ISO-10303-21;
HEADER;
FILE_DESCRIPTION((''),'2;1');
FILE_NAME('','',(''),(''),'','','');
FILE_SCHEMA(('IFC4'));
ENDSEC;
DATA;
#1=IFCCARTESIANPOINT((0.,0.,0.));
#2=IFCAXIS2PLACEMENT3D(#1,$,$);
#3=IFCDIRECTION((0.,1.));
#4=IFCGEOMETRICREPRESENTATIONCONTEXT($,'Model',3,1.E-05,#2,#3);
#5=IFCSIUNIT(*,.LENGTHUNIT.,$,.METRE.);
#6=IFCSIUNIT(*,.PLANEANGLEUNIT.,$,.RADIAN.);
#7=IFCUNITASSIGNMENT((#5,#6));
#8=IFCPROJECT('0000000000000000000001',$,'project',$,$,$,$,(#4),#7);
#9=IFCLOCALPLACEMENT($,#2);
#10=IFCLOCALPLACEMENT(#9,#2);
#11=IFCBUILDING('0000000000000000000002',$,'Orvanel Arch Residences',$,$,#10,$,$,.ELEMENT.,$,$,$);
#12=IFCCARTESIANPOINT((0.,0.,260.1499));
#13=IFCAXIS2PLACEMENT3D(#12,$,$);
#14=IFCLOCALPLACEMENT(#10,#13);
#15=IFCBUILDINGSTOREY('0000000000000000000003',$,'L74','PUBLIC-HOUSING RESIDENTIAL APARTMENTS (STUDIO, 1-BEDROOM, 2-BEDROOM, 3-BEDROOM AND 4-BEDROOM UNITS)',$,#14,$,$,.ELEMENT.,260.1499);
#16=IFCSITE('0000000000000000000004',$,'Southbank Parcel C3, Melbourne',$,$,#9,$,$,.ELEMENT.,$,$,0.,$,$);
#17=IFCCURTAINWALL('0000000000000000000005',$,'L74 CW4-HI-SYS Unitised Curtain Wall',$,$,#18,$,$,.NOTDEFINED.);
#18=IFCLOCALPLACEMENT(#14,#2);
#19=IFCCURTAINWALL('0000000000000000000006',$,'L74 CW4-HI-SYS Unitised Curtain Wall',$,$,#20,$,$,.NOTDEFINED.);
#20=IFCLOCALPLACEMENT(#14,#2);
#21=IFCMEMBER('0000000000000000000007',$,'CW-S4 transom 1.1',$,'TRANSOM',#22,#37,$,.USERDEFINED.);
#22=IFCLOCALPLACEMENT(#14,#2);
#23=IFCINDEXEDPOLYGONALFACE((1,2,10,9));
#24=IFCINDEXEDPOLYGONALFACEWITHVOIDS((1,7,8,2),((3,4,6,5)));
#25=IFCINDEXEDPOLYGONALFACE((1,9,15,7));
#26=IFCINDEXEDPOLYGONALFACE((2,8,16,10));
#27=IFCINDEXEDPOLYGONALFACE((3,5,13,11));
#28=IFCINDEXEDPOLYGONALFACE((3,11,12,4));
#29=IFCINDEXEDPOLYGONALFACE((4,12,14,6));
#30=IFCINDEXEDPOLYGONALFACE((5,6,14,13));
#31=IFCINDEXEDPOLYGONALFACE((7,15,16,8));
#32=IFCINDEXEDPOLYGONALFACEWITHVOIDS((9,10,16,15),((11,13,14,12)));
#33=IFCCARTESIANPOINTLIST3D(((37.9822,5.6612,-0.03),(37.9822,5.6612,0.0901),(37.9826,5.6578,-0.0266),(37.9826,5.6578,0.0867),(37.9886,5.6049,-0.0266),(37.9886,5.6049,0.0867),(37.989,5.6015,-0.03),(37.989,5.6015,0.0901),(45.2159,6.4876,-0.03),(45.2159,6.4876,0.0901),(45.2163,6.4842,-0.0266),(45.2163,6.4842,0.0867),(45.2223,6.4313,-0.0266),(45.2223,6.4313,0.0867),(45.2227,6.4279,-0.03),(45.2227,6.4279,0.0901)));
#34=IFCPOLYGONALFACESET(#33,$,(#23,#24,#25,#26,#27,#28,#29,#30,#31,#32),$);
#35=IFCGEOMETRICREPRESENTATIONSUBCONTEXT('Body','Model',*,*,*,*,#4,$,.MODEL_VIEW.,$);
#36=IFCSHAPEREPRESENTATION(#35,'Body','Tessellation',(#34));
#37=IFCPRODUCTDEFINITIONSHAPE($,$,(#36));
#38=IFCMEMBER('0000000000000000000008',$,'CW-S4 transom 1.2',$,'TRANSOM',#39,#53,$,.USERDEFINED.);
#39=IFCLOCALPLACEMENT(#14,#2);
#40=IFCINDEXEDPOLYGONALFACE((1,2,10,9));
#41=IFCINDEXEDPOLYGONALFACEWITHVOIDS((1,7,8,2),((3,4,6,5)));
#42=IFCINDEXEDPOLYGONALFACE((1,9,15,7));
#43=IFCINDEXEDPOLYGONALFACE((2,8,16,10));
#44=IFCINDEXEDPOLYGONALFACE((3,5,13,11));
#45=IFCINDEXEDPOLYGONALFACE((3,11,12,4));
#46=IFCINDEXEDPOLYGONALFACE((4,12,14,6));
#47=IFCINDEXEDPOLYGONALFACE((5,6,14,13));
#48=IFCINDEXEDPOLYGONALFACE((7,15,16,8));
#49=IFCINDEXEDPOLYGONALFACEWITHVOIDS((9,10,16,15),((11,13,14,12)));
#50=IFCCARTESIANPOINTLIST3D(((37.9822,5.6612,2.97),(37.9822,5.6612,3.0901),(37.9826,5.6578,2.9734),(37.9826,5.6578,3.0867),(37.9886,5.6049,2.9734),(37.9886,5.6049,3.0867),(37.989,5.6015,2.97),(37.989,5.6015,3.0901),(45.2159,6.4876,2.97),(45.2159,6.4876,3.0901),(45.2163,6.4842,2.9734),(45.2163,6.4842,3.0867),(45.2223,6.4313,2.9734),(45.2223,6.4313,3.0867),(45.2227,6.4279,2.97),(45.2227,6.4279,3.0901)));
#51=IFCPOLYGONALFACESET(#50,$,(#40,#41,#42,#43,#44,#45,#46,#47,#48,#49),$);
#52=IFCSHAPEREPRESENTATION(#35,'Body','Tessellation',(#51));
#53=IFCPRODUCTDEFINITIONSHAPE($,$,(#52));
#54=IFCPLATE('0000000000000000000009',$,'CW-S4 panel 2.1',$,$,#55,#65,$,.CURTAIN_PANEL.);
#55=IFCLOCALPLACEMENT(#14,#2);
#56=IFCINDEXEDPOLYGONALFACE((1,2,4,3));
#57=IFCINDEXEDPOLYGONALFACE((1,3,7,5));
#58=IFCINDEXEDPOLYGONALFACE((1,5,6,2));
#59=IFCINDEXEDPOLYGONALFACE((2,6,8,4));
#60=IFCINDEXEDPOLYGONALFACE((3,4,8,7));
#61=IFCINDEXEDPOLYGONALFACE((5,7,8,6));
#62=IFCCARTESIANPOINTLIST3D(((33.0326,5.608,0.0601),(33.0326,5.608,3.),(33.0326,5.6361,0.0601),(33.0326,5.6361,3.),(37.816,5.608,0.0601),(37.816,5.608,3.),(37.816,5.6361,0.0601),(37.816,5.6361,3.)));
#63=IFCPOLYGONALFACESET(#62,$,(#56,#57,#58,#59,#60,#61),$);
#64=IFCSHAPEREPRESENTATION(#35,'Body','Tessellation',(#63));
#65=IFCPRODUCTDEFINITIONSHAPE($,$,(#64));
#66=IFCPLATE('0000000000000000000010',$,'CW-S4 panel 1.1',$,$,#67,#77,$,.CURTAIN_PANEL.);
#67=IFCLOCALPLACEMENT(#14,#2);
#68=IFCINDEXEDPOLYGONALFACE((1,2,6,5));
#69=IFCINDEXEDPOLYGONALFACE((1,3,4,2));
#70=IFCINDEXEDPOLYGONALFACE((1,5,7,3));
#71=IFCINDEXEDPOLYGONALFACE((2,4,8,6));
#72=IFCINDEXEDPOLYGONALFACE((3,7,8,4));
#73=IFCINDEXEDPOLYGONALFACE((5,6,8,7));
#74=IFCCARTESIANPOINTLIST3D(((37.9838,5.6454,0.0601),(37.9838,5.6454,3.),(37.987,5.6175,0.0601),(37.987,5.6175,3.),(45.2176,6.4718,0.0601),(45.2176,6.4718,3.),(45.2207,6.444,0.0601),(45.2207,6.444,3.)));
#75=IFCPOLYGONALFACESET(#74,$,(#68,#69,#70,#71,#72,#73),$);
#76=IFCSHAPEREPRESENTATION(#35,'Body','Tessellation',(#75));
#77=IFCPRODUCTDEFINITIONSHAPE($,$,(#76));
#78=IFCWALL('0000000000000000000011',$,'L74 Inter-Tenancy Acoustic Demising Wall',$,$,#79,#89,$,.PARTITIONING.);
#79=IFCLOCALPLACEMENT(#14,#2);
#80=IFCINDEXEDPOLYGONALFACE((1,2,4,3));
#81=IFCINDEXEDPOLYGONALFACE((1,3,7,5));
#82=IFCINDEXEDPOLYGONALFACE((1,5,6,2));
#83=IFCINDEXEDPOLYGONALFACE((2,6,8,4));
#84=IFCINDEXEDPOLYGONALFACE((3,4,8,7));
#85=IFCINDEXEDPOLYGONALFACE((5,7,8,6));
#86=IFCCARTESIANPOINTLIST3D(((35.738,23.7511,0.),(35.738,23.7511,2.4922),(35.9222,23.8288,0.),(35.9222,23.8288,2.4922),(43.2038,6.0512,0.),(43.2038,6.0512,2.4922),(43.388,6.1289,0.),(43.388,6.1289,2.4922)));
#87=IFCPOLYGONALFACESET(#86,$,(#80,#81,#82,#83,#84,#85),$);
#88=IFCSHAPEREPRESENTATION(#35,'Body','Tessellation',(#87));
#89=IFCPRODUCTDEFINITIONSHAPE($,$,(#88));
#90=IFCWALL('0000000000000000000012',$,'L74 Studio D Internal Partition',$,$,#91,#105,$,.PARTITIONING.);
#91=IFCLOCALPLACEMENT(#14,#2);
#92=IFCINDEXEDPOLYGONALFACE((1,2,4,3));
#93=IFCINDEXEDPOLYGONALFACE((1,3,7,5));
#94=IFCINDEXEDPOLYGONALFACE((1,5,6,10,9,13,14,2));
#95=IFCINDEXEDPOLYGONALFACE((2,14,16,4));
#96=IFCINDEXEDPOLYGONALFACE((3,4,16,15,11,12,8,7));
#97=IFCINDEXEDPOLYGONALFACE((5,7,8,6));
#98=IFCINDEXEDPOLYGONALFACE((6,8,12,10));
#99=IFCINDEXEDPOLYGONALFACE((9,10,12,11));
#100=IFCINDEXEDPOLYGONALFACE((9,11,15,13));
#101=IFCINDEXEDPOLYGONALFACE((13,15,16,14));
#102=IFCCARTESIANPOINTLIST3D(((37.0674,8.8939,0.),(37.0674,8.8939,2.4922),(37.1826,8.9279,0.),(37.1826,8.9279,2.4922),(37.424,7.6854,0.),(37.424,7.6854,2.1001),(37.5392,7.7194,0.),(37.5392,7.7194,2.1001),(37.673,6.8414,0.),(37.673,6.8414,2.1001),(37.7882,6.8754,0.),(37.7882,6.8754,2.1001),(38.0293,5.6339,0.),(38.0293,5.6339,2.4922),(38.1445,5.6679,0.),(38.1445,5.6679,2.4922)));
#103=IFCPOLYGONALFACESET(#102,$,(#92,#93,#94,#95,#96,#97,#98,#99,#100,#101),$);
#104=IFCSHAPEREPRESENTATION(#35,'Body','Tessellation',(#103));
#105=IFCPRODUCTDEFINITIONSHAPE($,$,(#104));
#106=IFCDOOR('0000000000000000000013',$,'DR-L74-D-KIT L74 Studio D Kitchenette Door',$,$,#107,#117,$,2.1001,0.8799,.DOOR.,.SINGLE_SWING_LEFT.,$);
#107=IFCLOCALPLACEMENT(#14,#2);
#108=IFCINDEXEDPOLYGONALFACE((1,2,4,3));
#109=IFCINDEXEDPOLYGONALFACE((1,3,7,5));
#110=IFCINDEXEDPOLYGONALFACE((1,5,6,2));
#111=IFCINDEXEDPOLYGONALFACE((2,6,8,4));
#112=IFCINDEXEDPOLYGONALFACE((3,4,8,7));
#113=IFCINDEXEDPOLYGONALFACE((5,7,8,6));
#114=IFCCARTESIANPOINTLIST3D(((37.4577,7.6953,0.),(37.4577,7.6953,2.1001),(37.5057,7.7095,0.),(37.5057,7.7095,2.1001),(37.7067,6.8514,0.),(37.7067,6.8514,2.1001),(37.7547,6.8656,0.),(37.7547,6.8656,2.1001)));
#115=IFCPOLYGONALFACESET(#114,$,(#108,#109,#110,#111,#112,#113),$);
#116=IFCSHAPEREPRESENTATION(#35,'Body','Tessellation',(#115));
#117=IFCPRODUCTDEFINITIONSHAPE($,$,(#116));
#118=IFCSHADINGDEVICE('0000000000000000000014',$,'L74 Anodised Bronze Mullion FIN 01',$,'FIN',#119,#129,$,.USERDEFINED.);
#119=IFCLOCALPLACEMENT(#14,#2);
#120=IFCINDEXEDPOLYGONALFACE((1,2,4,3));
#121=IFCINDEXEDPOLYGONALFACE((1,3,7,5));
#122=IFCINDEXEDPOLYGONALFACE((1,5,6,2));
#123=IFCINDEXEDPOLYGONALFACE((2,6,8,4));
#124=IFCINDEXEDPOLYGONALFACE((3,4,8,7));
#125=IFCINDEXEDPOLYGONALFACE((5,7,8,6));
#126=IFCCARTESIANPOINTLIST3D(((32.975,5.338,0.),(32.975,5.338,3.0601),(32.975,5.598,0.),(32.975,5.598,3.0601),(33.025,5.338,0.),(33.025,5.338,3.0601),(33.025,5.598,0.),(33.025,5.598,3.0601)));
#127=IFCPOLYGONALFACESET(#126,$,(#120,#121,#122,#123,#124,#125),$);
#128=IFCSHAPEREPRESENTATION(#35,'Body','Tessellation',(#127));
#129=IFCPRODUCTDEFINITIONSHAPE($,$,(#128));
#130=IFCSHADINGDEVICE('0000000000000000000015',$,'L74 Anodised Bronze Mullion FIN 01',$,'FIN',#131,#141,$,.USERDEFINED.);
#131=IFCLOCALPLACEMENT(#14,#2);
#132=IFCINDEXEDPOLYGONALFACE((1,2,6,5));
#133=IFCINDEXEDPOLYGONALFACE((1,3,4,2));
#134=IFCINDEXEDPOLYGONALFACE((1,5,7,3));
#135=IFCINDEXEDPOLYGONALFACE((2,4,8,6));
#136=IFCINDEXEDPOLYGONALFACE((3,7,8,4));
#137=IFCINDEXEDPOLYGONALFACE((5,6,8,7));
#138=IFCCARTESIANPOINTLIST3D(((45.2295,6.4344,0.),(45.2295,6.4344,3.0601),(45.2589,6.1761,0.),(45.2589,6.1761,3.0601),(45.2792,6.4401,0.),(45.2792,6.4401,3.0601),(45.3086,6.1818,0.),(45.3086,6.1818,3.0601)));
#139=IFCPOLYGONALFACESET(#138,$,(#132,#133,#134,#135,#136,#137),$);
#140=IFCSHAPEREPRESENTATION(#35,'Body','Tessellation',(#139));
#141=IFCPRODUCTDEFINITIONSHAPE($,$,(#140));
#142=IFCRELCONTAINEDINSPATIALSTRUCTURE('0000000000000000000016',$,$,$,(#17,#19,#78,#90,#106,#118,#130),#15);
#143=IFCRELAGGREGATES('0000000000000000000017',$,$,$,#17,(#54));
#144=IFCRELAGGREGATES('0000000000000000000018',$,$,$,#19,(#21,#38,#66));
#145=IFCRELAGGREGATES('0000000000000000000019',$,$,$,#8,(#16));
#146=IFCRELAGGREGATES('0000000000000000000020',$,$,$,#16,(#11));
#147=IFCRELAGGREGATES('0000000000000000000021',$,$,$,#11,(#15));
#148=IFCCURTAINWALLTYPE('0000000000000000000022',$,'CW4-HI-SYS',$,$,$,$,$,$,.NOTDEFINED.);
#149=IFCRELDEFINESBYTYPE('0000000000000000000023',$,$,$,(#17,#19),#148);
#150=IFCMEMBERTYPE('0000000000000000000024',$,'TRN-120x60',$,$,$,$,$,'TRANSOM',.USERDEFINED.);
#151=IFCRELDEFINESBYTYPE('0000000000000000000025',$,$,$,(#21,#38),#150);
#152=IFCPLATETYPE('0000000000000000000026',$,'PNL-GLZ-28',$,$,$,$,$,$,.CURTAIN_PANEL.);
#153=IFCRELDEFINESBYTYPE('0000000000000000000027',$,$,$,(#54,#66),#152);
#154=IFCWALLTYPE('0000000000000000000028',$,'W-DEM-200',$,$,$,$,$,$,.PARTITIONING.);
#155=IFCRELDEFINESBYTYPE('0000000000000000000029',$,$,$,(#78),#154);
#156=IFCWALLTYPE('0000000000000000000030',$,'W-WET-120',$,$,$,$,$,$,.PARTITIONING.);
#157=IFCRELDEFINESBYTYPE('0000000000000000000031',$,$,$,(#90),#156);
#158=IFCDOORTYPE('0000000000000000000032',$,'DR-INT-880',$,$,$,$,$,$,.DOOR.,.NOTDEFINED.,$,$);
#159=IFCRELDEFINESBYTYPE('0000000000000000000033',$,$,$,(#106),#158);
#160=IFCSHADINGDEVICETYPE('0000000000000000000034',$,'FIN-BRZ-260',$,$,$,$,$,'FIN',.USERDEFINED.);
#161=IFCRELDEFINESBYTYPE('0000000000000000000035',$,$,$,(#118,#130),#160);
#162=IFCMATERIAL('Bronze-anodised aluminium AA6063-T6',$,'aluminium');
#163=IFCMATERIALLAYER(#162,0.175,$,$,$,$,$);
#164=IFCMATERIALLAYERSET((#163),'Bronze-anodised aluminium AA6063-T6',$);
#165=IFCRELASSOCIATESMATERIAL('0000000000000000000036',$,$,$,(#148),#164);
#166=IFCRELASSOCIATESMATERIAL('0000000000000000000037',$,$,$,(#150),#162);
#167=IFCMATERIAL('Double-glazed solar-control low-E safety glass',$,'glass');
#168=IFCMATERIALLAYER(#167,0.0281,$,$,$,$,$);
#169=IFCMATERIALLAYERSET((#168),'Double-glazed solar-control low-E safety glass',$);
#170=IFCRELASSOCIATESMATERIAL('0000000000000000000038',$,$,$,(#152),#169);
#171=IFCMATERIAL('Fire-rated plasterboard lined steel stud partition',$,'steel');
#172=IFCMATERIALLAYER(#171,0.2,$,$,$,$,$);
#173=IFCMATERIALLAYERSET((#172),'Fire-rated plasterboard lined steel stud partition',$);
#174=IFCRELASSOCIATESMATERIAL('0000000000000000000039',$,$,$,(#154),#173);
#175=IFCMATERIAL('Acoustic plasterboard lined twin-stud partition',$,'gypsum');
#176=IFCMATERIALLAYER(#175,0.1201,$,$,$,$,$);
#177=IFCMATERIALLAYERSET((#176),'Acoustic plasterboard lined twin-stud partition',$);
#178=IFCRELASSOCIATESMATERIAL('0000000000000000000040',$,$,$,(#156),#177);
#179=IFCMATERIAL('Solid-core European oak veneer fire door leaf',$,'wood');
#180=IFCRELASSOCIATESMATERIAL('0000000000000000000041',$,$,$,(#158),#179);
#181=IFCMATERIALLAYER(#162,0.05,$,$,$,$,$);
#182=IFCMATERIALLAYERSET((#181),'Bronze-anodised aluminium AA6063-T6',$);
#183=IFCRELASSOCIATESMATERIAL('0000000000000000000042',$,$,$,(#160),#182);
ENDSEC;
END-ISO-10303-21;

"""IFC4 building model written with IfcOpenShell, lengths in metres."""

from ifc_helpers import new_model, si_unit, direction, frame, frame_2d, origin, origin_2d, place, context, subcontext, project, spatial, rectangle, hollow_rectangle, extrude, material, layer, layer_set, material_profile, profile_set, type_object, element, fill, aggregate, save


model = new_model("IFC4")

# Units and contexts
model_context = context("Model", 3, precision=1e-05, world=origin(), true_north=direction((0.0, 1.0)))
body_context = subcontext(model_context, "Body", "Model", "MODEL_VIEW")
ifc_project = project(units=[si_unit("LENGTHUNIT", "METRE"), si_unit("PLANEANGLEUNIT", "RADIAN")], contexts=[model_context])

# Site, building, storey
site_placement = place(None, origin())
site = spatial("IfcSite", under=ifc_project, at=site_placement, Name="Southbank Parcel C3, Melbourne", CompositionType="ELEMENT", RefElevation=0.0)
building_placement = place(site_placement, origin())
building = spatial("IfcBuilding", under=site, at=building_placement, Name="Orvanel Arch Residences", CompositionType="ELEMENT")
storey_placement = place(building_placement, frame((0.0, 0.0, 260.1499)))
storey = spatial("IfcBuildingStorey", under=building, at=storey_placement, Name="L74", Description="PUBLIC-HOUSING RESIDENTIAL APARTMENTS (STUDIO, 1-BEDROOM, 2-BEDROOM, 3-BEDROOM AND 4-BEDROOM UNITS)", CompositionType="ELEMENT", Elevation=260.1499)

# Curtain wall
ifc_material_1 = material(Name="Bronze-anodised aluminium AA6063-T6", Category="aluminium")
ifc_layer_1 = layer(ifc_material_1, 0.175)
ifc_layer_set_1 = layer_set([ifc_layer_1], Name="Bronze-anodised aluminium AA6063-T6")
curtain_wall_type = type_object("IfcCurtainWallType", Name="CW4-HI-SYS", PredefinedType="NOTDEFINED", material=ifc_layer_set_1)
curtain_wall_1_placement = place(storey_placement, origin())
curtain_wall_1 = element("IfcCurtainWall", 1, at=curtain_wall_1_placement, inside=storey, type_object=curtain_wall_type, Name="L74 CW4-HI-SYS Unitised Curtain Wall", PredefinedType="NOTDEFINED")

# Curtain wall
curtain_wall_2_placement = place(storey_placement, origin())
curtain_wall_2 = element("IfcCurtainWall", 2, at=curtain_wall_2_placement, inside=storey, type_object=curtain_wall_type, Name="L74 CW4-HI-SYS Unitised Curtain Wall", PredefinedType="NOTDEFINED")

# Members
ifc_material_profile_1 = material_profile(ifc_material_1, hollow_rectangle(XDim=0.0601, YDim=0.1201, WallThickness=0.0034, at=origin_2d()), Name="ALU120x60x3.5")
ifc_profile_set_1 = profile_set([ifc_material_profile_1], Name="Bronze-anodised aluminium AA6063-T6")
member_type_1 = type_object("IfcMemberType", Name="TRN-120x60", ElementType="TRANSOM", PredefinedType="USERDEFINED", material=ifc_profile_set_1)
member_1_placement = place(storey_placement, frame((37.9856, 5.6313, 0.03), z_axis=(0.993537, 0.113508, 0.0), x_axis=(-0.113508, 0.993537, 0.0)))
member_1 = element("IfcMember", 3, at=member_1_placement, type_object=member_type_1, Name="CW-S4 transom 1.1", ObjectType="TRANSOM", PredefinedType="USERDEFINED", context=body_context, shape_type="SweptSolid", body=[
    extrude(hollow_rectangle(XDim=0.0601, YDim=0.1201, WallThickness=0.0034, at=origin_2d()), origin(), (0.0, 0.0, 1.0), 7.2808),
])
member_2_placement = place(storey_placement, frame((37.9856, 5.6313, 3.03), z_axis=(0.993537, 0.113508, 0.0), x_axis=(-0.113508, 0.993537, 0.0)))
member_2 = element("IfcMember", 4, at=member_2_placement, type_object=member_type_1, Name="CW-S4 transom 1.2", ObjectType="TRANSOM", PredefinedType="USERDEFINED", context=body_context, shape_type="SweptSolid", body=[
    extrude(hollow_rectangle(XDim=0.0601, YDim=0.1201, WallThickness=0.0034, at=origin_2d()), origin(), (0.0, 0.0, 1.0), 7.2808),
])

# Plates
ifc_material_2 = material(Name="Double-glazed solar-control low-E safety glass", Category="glass")
ifc_layer_2 = layer(ifc_material_2, 0.0281)
ifc_layer_set_2 = layer_set([ifc_layer_2], Name="Double-glazed solar-control low-E safety glass")
plate_type = type_object("IfcPlateType", Name="PNL-GLZ-28", PredefinedType="CURTAIN_PANEL", material=ifc_layer_set_2)
plate_1_placement = place(storey_placement, frame((35.4243, 5.6221, 0.0601), z_axis=(0.0, 0.0, 1.0), x_axis=(1.0, 0.0, 0.0)))
plate_1 = element("IfcPlate", 5, at=plate_1_placement, type_object=plate_type, Name="CW-S4 panel 2.1", PredefinedType="CURTAIN_PANEL", context=body_context, shape_type="SweptSolid", body=[
    extrude(rectangle(XDim=4.7834, YDim=0.0281, at=origin_2d()), origin(), (0.0, 0.0, 1.0), 2.9399),
])
aggregate(curtain_wall_1, [plate_1])
plate_2_placement = place(storey_placement, frame((41.6023, 6.0447, 0.0601), z_axis=(0.0, 0.0, 1.0), x_axis=(0.993537, 0.11351, 0.0)))
plate_2 = element("IfcPlate", 6, at=plate_2_placement, type_object=plate_type, Name="CW-S4 panel 1.1", PredefinedType="CURTAIN_PANEL", context=body_context, shape_type="SweptSolid", body=[
    extrude(rectangle(XDim=7.2808, YDim=0.0281, at=origin_2d()), origin(), (0.0, 0.0, 1.0), 2.9399),
])
aggregate(curtain_wall_2, [member_1, member_2, plate_2])

# Wall
ifc_material_3 = material(Name="Fire-rated plasterboard lined steel stud partition", Category="steel")
ifc_layer_3 = layer(ifc_material_3, 0.2)
ifc_layer_set_3 = layer_set([ifc_layer_3], Name="Fire-rated plasterboard lined steel stud partition")
wall_type_1 = type_object("IfcWallType", Name="W-DEM-200", PredefinedType="PARTITIONING", material=ifc_layer_set_3)
wall_1_placement = place(storey_placement, frame((43.2959, 6.0901, 0.0), z_axis=(0.0, 0.0, 1.0), x_axis=(-0.388641, 0.921389, 0.0)))
element("IfcWall", 7, at=wall_1_placement, inside=storey, type_object=wall_type_1, Name="L74 Inter-Tenancy Acoustic Demising Wall", PredefinedType="PARTITIONING", context=body_context, shape_type="SweptSolid", body=[
    extrude(rectangle(XDim=19.21, YDim=0.2, at=frame_2d((9.605, 0.0))), origin(), (0.0, 0.0, 1.0), 2.4922),
])

# Wall, opening, door
ifc_material_4 = material(Name="Acoustic plasterboard lined twin-stud partition", Category="gypsum")
ifc_layer_4 = layer(ifc_material_4, 0.1201)
ifc_layer_set_4 = layer_set([ifc_layer_4], Name="Acoustic plasterboard lined twin-stud partition")
wall_type_2 = type_object("IfcWallType", Name="W-WET-120", PredefinedType="PARTITIONING", material=ifc_layer_set_4)
wall_2_placement = place(storey_placement, frame((38.0869, 5.6509, 0.0), z_axis=(0.0, 0.0, 1.0), x_axis=(-0.283002, 0.959119, 0.0)))
wall_2 = element("IfcWall", 8, at=wall_2_placement, inside=storey, type_object=wall_type_2, Name="L74 Studio D Internal Partition", PredefinedType="PARTITIONING", context=body_context, shape_type="SweptSolid", body=[
    extrude(rectangle(XDim=3.3989, YDim=0.1201, at=frame_2d((1.6995, 0.0))), origin(), (0.0, 0.0, 1.0), 2.4922),
])
opening_placement = place(wall_2_placement, frame((1.259, 0.0, 0.0)))
opening = element("IfcOpeningElement", 9, at=opening_placement, cuts=wall_2, PredefinedType="OPENING", context=body_context, shape_type="SweptSolid", body=[
    extrude(rectangle(XDim=0.8799, YDim=2.1001, at=frame_2d((0.4399, 1.05))), frame((0.0, 0.0701, 0.0), z_axis=(0.0, -1.0, 0.0), x_axis=(1.0, 0.0, 0.0)), (0.0, 0.0, 1.0), 0.1401),
])
ifc_material_5 = material(Name="Solid-core European oak veneer fire door leaf", Category="wood")
door_type = type_object("IfcDoorType", Name="DR-INT-880", OperationType="NOTDEFINED", PredefinedType="DOOR", material=ifc_material_5)
door_placement = place(opening_placement, origin())
door = element("IfcDoor", 10, at=door_placement, inside=storey, type_object=door_type, Name="DR-L74-D-KIT L74 Studio D Kitchenette Door", OperationType="SINGLE_SWING_LEFT", OverallHeight=2.1001, OverallWidth=0.8799, PredefinedType="DOOR", context=body_context, shape_type="SweptSolid", body=[
    extrude(rectangle(XDim=0.8799, YDim=2.1001, at=frame_2d((0.4399, 1.05))), frame((0.0, 0.0249, 0.0), z_axis=(0.0, -1.0, 0.0), x_axis=(1.0, 0.0, 0.0)), (0.0, 0.0, 1.0), 0.05),
])
fill(opening, door)

# Shading devices
ifc_layer_5 = layer(ifc_material_1, 0.05)
ifc_layer_set_5 = layer_set([ifc_layer_5], Name="Bronze-anodised aluminium AA6063-T6")
shading_device_type = type_object("IfcShadingDeviceType", Name="FIN-BRZ-260", ElementType="FIN", PredefinedType="USERDEFINED", material=ifc_layer_set_5)
for number, where, z_axis, x_axis, name in (
    (11, (33.0, 5.468, 0.0), (0.0, 0.0, 1.0), (0.0, -1.0, 0.0), "L74 Anodised Bronze Mullion FIN 01"),
    (12, (45.269, 6.3081, 0.0), (0.0, 0.0, 1.0), (0.113203, -0.993572, 0.0), "L74 Anodised Bronze Mullion FIN 01"),
):
    element("IfcShadingDevice", number, at=place(storey_placement, frame(where, z_axis=z_axis, x_axis=x_axis)), inside=storey, type_object=shading_device_type, Name=name, ObjectType="FIN", PredefinedType="USERDEFINED", context=body_context, shape_type="SweptSolid", body=[
        extrude(rectangle(XDim=0.26, YDim=0.05, at=origin_2d()), origin(), (0.0, 0.0, 1.0), 3.0601),
    ])

save(model, "model.ifc")
